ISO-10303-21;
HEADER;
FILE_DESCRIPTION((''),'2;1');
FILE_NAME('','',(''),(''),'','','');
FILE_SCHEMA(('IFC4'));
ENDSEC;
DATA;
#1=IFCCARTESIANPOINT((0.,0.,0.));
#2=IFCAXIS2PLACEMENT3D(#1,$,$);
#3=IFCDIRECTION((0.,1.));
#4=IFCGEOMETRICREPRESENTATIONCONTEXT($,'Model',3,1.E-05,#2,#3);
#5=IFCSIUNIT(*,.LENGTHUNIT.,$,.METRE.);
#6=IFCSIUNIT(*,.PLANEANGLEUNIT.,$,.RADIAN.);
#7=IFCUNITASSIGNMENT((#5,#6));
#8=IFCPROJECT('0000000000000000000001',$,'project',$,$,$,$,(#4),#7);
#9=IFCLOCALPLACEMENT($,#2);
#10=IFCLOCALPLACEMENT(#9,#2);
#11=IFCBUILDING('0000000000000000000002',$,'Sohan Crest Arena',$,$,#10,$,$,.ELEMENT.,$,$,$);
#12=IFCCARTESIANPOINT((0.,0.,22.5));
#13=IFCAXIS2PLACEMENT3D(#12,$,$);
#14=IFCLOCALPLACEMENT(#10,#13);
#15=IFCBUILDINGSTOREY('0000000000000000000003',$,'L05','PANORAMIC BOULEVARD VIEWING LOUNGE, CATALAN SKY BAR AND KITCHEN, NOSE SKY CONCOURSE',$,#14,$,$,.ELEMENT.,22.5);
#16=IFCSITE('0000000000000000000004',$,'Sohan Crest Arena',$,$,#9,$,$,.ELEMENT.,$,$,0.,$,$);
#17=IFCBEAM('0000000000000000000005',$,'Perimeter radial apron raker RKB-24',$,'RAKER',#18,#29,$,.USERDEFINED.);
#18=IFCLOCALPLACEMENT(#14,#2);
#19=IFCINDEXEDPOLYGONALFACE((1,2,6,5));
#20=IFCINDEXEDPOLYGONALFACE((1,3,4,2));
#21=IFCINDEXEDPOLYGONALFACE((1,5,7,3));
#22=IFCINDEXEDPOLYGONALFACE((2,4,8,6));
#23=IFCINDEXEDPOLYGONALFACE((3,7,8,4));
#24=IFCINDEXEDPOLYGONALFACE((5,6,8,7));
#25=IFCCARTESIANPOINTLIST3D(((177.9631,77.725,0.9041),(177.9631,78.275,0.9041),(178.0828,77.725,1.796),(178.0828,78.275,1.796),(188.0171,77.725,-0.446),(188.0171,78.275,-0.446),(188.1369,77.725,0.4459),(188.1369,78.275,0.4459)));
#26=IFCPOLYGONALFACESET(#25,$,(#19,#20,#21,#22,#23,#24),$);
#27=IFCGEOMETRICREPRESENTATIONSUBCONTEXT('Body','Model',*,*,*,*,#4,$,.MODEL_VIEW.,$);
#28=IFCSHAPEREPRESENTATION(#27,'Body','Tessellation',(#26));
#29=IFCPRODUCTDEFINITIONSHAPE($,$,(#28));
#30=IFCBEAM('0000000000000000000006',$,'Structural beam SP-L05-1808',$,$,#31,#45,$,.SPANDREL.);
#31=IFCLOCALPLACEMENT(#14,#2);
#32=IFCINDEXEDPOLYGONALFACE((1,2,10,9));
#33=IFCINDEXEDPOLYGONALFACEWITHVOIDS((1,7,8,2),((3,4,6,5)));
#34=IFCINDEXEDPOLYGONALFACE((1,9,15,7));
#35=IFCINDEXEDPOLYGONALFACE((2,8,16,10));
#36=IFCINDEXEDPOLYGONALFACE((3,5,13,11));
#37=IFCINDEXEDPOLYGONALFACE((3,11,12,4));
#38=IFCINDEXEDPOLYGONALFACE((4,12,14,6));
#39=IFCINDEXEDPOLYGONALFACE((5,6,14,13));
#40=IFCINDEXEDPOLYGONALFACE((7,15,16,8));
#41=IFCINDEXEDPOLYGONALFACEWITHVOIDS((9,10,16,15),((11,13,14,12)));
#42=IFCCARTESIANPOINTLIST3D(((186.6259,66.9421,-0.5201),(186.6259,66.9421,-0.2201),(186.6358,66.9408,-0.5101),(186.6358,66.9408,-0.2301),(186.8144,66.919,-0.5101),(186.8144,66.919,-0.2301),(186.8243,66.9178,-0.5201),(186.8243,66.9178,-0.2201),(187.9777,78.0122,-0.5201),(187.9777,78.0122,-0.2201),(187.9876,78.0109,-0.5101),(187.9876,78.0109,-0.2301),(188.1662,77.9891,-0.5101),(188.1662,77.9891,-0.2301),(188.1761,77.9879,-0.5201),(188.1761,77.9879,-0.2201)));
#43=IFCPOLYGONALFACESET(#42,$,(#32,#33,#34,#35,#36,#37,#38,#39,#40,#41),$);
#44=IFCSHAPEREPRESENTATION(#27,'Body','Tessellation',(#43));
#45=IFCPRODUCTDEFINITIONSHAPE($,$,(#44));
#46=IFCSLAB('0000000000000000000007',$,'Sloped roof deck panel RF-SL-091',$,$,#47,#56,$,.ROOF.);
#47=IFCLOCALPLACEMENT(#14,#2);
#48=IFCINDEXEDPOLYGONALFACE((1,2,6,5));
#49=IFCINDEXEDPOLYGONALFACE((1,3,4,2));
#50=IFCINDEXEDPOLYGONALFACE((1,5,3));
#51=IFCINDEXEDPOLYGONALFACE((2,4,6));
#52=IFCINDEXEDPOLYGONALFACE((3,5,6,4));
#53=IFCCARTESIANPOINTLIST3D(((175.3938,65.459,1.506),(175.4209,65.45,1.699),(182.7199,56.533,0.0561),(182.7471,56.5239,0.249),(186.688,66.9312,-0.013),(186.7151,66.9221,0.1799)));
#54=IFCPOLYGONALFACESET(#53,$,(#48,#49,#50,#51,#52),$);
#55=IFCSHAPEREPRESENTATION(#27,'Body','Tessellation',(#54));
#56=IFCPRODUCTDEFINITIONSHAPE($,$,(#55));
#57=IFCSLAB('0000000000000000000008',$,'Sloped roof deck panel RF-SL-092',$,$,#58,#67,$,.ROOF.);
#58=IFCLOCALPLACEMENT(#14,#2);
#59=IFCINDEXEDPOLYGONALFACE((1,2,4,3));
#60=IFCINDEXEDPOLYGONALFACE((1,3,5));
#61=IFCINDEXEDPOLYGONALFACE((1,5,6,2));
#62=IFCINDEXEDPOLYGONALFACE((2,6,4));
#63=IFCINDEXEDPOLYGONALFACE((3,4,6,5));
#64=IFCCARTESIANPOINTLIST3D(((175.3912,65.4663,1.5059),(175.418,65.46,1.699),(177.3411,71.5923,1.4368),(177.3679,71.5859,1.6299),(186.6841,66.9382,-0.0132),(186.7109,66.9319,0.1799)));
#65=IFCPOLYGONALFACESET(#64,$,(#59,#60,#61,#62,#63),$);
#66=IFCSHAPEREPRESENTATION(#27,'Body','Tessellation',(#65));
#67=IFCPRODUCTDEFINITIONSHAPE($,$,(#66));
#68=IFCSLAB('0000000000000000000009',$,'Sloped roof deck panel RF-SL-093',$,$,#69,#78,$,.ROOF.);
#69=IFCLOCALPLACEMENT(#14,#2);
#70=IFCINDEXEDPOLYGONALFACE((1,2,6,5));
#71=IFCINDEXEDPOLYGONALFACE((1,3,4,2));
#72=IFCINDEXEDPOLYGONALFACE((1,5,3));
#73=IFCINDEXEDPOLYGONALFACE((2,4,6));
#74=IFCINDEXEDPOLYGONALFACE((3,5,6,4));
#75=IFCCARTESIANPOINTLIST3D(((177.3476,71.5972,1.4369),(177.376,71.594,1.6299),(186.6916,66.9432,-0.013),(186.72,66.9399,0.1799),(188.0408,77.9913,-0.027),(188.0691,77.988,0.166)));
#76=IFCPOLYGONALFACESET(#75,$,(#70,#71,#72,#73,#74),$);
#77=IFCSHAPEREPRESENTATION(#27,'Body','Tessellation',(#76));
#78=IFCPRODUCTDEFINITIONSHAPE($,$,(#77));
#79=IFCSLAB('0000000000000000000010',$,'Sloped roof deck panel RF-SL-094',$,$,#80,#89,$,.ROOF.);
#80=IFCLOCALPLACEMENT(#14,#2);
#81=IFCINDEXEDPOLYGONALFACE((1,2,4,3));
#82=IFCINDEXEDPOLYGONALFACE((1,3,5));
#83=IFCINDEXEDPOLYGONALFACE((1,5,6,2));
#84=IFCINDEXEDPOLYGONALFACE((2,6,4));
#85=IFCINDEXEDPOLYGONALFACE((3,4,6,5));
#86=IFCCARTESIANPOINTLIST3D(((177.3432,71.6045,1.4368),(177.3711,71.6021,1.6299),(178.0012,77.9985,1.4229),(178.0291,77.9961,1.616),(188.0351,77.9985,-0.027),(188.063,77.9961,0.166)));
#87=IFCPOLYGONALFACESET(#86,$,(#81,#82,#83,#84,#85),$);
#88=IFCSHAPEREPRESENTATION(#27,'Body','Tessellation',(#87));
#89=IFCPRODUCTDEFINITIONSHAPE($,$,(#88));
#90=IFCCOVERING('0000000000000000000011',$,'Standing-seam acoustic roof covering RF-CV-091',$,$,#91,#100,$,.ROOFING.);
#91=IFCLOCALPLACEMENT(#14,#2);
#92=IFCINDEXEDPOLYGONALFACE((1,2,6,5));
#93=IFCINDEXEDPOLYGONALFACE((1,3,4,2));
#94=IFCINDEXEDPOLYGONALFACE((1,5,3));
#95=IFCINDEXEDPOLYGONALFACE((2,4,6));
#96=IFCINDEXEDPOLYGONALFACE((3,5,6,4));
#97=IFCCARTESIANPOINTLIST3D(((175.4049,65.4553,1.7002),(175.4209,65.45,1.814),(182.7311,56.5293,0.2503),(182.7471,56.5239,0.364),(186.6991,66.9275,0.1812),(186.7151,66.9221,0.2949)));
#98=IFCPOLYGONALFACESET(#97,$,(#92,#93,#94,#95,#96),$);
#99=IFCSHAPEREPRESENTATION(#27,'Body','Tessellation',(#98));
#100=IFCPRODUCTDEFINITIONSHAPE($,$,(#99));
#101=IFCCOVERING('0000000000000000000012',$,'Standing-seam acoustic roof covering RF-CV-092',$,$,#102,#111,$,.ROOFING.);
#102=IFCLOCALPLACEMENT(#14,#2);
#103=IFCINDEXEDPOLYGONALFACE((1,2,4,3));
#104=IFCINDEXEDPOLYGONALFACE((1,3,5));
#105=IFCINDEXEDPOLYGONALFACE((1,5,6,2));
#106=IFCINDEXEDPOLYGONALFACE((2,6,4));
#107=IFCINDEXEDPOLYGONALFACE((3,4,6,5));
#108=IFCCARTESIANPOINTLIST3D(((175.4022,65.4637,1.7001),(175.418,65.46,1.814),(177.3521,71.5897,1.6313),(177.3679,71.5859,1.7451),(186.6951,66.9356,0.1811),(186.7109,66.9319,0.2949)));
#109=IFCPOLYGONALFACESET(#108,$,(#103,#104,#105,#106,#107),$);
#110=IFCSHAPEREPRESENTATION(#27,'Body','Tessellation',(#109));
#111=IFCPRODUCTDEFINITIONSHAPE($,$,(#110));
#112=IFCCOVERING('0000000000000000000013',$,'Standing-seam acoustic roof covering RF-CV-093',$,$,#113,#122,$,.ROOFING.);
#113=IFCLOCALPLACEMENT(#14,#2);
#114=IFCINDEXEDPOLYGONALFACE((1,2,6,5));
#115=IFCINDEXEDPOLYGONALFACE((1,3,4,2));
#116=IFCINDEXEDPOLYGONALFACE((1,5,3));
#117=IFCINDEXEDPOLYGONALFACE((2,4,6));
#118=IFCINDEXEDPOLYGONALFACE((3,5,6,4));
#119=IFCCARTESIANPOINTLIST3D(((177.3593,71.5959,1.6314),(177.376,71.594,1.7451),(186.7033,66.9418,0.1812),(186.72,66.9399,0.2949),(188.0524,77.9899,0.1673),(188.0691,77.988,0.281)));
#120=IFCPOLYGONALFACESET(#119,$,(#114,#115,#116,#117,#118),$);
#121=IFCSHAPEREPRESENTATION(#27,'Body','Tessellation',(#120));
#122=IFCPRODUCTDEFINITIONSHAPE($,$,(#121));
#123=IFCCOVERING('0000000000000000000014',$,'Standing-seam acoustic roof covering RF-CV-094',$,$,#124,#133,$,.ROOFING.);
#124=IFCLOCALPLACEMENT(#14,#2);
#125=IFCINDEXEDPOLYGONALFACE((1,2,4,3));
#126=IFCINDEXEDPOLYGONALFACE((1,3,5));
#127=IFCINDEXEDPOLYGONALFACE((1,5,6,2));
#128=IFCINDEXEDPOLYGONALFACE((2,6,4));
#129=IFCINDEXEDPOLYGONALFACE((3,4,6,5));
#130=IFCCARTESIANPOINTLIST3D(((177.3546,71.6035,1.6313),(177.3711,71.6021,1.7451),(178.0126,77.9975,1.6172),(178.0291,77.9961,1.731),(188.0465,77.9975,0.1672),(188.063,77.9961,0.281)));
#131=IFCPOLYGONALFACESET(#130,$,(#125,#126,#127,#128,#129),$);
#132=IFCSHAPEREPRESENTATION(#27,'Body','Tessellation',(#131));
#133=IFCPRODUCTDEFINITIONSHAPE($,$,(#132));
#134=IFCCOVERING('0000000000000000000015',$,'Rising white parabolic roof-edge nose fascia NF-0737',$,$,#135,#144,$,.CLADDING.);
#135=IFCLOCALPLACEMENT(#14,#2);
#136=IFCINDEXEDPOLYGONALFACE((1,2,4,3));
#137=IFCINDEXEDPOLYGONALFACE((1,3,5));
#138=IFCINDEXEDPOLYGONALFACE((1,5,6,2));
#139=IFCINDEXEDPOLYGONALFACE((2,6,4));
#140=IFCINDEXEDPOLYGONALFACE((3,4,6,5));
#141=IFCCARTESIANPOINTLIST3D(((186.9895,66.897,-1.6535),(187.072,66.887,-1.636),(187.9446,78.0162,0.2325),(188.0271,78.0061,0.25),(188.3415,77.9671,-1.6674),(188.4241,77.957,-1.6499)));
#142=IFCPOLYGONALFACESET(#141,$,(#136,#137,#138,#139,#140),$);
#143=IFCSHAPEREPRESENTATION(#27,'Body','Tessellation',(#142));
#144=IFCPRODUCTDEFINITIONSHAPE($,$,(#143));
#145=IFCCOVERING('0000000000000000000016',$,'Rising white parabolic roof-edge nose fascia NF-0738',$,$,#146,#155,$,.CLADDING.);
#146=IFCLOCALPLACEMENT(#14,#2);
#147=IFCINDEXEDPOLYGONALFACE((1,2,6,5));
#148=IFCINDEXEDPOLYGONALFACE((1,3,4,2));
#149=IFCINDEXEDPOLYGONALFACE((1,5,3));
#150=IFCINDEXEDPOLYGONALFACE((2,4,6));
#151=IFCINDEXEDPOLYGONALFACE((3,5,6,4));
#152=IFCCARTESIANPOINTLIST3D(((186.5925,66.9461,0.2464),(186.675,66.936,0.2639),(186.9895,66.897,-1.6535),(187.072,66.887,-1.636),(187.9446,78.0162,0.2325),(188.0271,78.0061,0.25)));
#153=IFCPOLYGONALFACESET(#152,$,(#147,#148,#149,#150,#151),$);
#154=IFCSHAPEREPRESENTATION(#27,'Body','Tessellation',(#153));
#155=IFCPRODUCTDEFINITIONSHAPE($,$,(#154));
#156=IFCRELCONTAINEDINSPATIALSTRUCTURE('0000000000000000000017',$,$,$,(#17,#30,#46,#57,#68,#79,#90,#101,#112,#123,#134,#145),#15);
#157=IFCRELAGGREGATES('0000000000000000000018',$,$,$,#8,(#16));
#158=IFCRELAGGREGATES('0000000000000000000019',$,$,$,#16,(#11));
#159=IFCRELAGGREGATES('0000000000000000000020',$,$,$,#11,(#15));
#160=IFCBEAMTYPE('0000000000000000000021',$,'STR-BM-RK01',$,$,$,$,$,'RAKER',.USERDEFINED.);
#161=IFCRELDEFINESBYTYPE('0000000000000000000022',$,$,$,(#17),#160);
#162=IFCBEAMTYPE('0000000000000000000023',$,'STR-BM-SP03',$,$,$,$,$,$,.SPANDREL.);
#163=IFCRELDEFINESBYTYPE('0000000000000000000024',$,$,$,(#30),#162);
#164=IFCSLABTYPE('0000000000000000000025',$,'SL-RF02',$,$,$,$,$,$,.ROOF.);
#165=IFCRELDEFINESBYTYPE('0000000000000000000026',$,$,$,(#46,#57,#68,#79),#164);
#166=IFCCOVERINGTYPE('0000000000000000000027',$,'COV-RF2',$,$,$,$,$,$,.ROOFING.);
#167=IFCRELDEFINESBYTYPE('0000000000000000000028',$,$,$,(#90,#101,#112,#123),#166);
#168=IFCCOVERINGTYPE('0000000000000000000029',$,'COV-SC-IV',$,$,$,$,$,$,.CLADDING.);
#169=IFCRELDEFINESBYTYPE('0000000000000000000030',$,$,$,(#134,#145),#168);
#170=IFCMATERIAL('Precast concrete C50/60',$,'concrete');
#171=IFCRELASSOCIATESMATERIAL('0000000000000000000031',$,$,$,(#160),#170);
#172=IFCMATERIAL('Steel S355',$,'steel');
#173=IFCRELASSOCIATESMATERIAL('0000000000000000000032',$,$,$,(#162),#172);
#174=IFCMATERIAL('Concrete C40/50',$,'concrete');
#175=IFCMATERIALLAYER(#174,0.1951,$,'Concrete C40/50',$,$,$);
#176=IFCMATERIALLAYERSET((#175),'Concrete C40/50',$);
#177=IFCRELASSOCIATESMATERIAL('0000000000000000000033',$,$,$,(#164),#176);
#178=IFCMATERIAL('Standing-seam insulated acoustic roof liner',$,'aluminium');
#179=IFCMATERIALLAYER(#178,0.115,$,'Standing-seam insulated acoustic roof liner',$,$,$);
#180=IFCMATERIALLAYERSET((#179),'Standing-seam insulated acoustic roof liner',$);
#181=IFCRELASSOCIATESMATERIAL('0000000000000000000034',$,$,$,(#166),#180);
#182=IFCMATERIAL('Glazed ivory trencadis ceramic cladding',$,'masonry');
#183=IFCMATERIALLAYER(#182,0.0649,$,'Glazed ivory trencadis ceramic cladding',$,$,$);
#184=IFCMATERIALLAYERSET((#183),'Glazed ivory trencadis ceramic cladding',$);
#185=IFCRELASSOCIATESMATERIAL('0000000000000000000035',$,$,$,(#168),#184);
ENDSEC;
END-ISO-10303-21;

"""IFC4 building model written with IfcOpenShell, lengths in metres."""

from ifc_helpers import new_model, si_unit, direction, frame, origin, origin_2d, place, context, subcontext, project, spatial, polyline, rectangle, hollow_rectangle, outline, extrude, material, layer, layer_set, material_profile, profile_set, type_object, element, save


model = new_model("IFC4")

# Units and contexts
model_context = context("Model", 3, precision=1e-05, world=origin(), true_north=direction((0.0, 1.0)))
body_context = subcontext(model_context, "Body", "Model", "MODEL_VIEW")
ifc_project = project(units=[si_unit("LENGTHUNIT", "METRE"), si_unit("PLANEANGLEUNIT", "RADIAN")], contexts=[model_context])

# Site, building, storey
site_placement = place(None, origin())
site = spatial("IfcSite", under=ifc_project, at=site_placement, Name="Sohan Crest Arena", CompositionType="ELEMENT", RefElevation=0.0)
building_placement = place(site_placement, origin())
building = spatial("IfcBuilding", under=site, at=building_placement, Name="Sohan Crest Arena", CompositionType="ELEMENT")
storey_placement = place(building_placement, frame((0.0, 0.0, 22.5)))
storey = spatial("IfcBuildingStorey", under=building, at=storey_placement, Name="L05", Description="PANORAMIC BOULEVARD VIEWING LOUNGE, CATALAN SKY BAR AND KITCHEN, NOSE SKY CONCOURSE", CompositionType="ELEMENT", Elevation=22.5)

# Shared definitions
ifc_material_1 = material(Name="Concrete C40/50", Category="concrete")

# Beams
ifc_material_2 = material(Name="Steel S355", Category="steel")
ifc_material_3 = material(Name="Precast concrete C50/60", Category="concrete")
ifc_material_profile_1 = material_profile(ifc_material_3, rectangle(XDim=0.55, YDim=0.8999, at=origin_2d()), Name="RAKER 550x900")
ifc_profile_set_1 = profile_set([ifc_material_profile_1], Name="Precast concrete C50/60")
beam_type_1 = type_object("IfcBeamType", Name="STR-BM-RK01", ElementType="RAKER", PredefinedType="USERDEFINED", material=ifc_profile_set_1)
beam_1_placement = place(storey_placement, frame((178.0229, 78.0, 1.3501), z_axis=(0.991104, 0.0, -0.133091), x_axis=(0.0, 1.0, 0.0)))
element("IfcBeam", 1, at=beam_1_placement, inside=storey, type_object=beam_type_1, Name="Perimeter radial apron raker RKB-24", ObjectType="RAKER", PredefinedType="USERDEFINED", context=body_context, shape_type="SweptSolid", body=[
    extrude(rectangle(XDim=0.55, YDim=0.8999, at=origin_2d()), origin(), (0.0, 0.0, 1.0), 10.1443),
])
ifc_material_profile_2 = material_profile(ifc_material_2, hollow_rectangle(XDim=0.2, YDim=0.3, WallThickness=0.01, at=origin_2d()), Name="RHS 300x200x10")
ifc_profile_set_2 = profile_set([ifc_material_profile_2], Name="Steel S355")
beam_type_2 = type_object("IfcBeamType", Name="STR-BM-SP03", PredefinedType="SPANDREL", material=ifc_profile_set_2)
beam_2_placement = place(storey_placement, frame((186.7251, 66.9299, -0.3701), z_axis=(0.121213, 0.992626, 0.0), x_axis=(-0.992626, 0.121213, 0.0)))
element("IfcBeam", 2, at=beam_2_placement, inside=storey, type_object=beam_type_2, Name="Structural beam SP-L05-1808", PredefinedType="SPANDREL", context=body_context, shape_type="SweptSolid", body=[
    extrude(hollow_rectangle(XDim=0.2, YDim=0.3, WallThickness=0.01, at=origin_2d()), origin(), (0.0, 0.0, 1.0), 11.1523),
])

# Slabs
ifc_layer_1 = layer(ifc_material_1, 0.1951, Name="Concrete C40/50")
ifc_layer_set_1 = layer_set([ifc_layer_1], Name="Concrete C40/50")
slab_type = type_object("IfcSlabType", Name="SL-RF02", PredefinedType="ROOF", material=ifc_layer_set_1)
slab_1_placement = place(storey_placement, frame((175.4209, 65.45, 1.699), z_axis=(0.139106, -0.046511, 0.989185), x_axis=(0.62949, -0.766955, -0.124585)))
element("IfcSlab", 3, at=slab_1_placement, inside=storey, type_object=slab_type, Name="Sloped roof deck panel RF-SL-091", PredefinedType="ROOF", context=body_context, shape_type="SweptSolid", body=[
    extrude(outline(polyline([(0.0, 0.0), (11.6383, 0.0), (6.1697, 9.6937), (0.0, 0.0)])), origin(), (0.0, 0.0, -1.0), 0.1951),
])
slab_2_placement = place(storey_placement, frame((175.418, 65.46, 1.699), z_axis=(0.13741, -0.032573, 0.989979), x_axis=(0.982907, 0.128112, -0.132213)))
element("IfcSlab", 4, at=slab_2_placement, inside=storey, type_object=slab_type, Name="Sloped roof deck panel RF-SL-092", PredefinedType="ROOF", context=body_context, shape_type="SweptSolid", body=[
    extrude(outline(polyline([(0.0, 0.0), (11.4894, 0.0), (2.7106, 5.8299), (0.0, 0.0)])), origin(), (0.0, 0.0, -1.0), 0.1951),
])
slab_3_placement = place(storey_placement, frame((177.376, 71.594, 1.6299), z_axis=(0.145291, -0.016496, 0.989252), x_axis=(0.886602, -0.441598, -0.137578)))
element("IfcSlab", 5, at=slab_3_placement, inside=storey, type_object=slab_type, Name="Sloped roof deck panel RF-SL-093", PredefinedType="ROOF", context=body_context, shape_type="SweptSolid", body=[
    extrude(outline(polyline([(0.0, 0.0), (10.5391, 0.0), (6.8583, 10.5039), (0.0, 0.0)])), origin(), (0.0, 0.0, -1.0), 0.1951),
])
slab_4_placement = place(storey_placement, frame((177.3711, 71.6021, 1.6299), z_axis=(0.143008, -0.012562, 0.989642), x_axis=(0.852375, 0.509743, -0.116702)))
element("IfcSlab", 6, at=slab_4_placement, inside=storey, type_object=slab_type, Name="Sloped roof deck panel RF-SL-094", PredefinedType="ROOF", context=body_context, shape_type="SweptSolid", body=[
    extrude(outline(polyline([(0.0, 0.0), (12.5437, 0.0), (3.8218, 5.1683), (0.0, 0.0)])), origin(), (0.0, 0.0, -1.0), 0.1951),
])

# Coverings
ifc_material_4 = material(Name="Standing-seam insulated acoustic roof liner", Category="aluminium")
ifc_layer_2 = layer(ifc_material_4, 0.115, Name="Standing-seam insulated acoustic roof liner")
ifc_layer_set_2 = layer_set([ifc_layer_2], Name="Standing-seam insulated acoustic roof liner")
covering_type_1 = type_object("IfcCoveringType", Name="COV-RF2", PredefinedType="ROOFING", material=ifc_layer_set_2)
covering_1_placement = place(storey_placement, frame((175.4209, 65.45, 1.814), z_axis=(0.139106, -0.046511, 0.989185), x_axis=(0.62949, -0.766955, -0.124585)))
element("IfcCovering", 7, at=covering_1_placement, inside=storey, type_object=covering_type_1, Name="Standing-seam acoustic roof covering RF-CV-091", PredefinedType="ROOFING", context=body_context, shape_type="SweptSolid", body=[
    extrude(outline(polyline([(0.0, 0.0), (11.6383, 0.0), (6.1697, 9.6937), (0.0, 0.0)])), origin(), (0.0, 0.0, -1.0), 0.115),
])
covering_2_placement = place(storey_placement, frame((175.418, 65.46, 1.814), z_axis=(0.137415, -0.032614, 0.989976), x_axis=(0.982907, 0.128112, -0.132213)))
element("IfcCovering", 8, at=covering_2_placement, inside=storey, type_object=covering_type_1, Name="Standing-seam acoustic roof covering RF-CV-092", PredefinedType="ROOFING", context=body_context, shape_type="SweptSolid", body=[
    extrude(outline(polyline([(0.0, 0.0), (11.4894, 0.0), (2.7105, 5.8299), (0.0, 0.0)])), origin(), (0.0, 0.0, -1.0), 0.115),
])
covering_3_placement = place(storey_placement, frame((177.376, 71.594, 1.7451), z_axis=(0.145314, -0.016499, 0.989248), x_axis=(0.886599, -0.441597, -0.137601)))
element("IfcCovering", 9, at=covering_3_placement, inside=storey, type_object=covering_type_1, Name="Standing-seam acoustic roof covering RF-CV-093", PredefinedType="ROOFING", context=body_context, shape_type="SweptSolid", body=[
    extrude(outline(polyline([(0.0, 0.0), (10.5391, 0.0), (6.8584, 10.5039), (0.0, 0.0)])), origin(), (0.0, 0.0, -1.0), 0.115),
])
covering_4_placement = place(storey_placement, frame((177.3711, 71.6021, 1.7451), z_axis=(0.143008, -0.012524, 0.989642), x_axis=(0.852373, 0.509742, -0.116721)))
element("IfcCovering", 10, at=covering_4_placement, inside=storey, type_object=covering_type_1, Name="Standing-seam acoustic roof covering RF-CV-094", PredefinedType="ROOFING", context=body_context, shape_type="SweptSolid", body=[
    extrude(outline(polyline([(0.0, 0.0), (12.5437, 0.0), (3.8218, 5.1682), (0.0, 0.0)])), origin(), (0.0, 0.0, -1.0), 0.115),
])
ifc_material_5 = material(Name="Glazed ivory trencadis ceramic cladding", Category="masonry")
ifc_layer_3 = layer(ifc_material_5, 0.0649, Name="Glazed ivory trencadis ceramic cladding")
ifc_layer_set_3 = layer_set([ifc_layer_3], Name="Glazed ivory trencadis ceramic cladding")
covering_type_2 = type_object("IfcCoveringType", Name="COV-SC-IV", PredefinedType="CLADDING", material=ifc_layer_set_3)
covering_5_placement = place(storey_placement, frame((187.072, 66.887, -1.636), z_axis=(0.971362, -0.118379, 0.206017), x_axis=(0.121235, 0.992623, -0.001248)))
element("IfcCovering", 11, at=covering_5_placement, inside=storey, type_object=covering_type_2, Name="Rising white parabolic roof-edge nose fascia NF-0737", PredefinedType="CLADDING", context=body_context, shape_type="SweptSolid", body=[
    extrude(outline(polyline([(0.0, 0.0), (11.1523, 0.0), (11.1506, 1.9416), (0.0, 0.0)])), origin(), (0.0, 0.0, -1.0), 0.085),
])
covering_6_placement = place(storey_placement, frame((187.072, 66.887, -1.636), z_axis=(0.971362, -0.118379, 0.206017), x_axis=(0.084383, 0.982402, 0.166631)))
element("IfcCovering", 12, at=covering_6_placement, inside=storey, type_object=covering_type_2, Name="Rising white parabolic roof-edge nose fascia NF-0738", PredefinedType="CLADDING", context=body_context, shape_type="SweptSolid", body=[
    extrude(outline(polyline([(0.0, 0.0), (11.3183, 0.0), (0.3313, 1.9131), (0.0, 0.0)])), origin(), (0.0, 0.0, -1.0), 0.085),
])

save(model, "model.ifc")
